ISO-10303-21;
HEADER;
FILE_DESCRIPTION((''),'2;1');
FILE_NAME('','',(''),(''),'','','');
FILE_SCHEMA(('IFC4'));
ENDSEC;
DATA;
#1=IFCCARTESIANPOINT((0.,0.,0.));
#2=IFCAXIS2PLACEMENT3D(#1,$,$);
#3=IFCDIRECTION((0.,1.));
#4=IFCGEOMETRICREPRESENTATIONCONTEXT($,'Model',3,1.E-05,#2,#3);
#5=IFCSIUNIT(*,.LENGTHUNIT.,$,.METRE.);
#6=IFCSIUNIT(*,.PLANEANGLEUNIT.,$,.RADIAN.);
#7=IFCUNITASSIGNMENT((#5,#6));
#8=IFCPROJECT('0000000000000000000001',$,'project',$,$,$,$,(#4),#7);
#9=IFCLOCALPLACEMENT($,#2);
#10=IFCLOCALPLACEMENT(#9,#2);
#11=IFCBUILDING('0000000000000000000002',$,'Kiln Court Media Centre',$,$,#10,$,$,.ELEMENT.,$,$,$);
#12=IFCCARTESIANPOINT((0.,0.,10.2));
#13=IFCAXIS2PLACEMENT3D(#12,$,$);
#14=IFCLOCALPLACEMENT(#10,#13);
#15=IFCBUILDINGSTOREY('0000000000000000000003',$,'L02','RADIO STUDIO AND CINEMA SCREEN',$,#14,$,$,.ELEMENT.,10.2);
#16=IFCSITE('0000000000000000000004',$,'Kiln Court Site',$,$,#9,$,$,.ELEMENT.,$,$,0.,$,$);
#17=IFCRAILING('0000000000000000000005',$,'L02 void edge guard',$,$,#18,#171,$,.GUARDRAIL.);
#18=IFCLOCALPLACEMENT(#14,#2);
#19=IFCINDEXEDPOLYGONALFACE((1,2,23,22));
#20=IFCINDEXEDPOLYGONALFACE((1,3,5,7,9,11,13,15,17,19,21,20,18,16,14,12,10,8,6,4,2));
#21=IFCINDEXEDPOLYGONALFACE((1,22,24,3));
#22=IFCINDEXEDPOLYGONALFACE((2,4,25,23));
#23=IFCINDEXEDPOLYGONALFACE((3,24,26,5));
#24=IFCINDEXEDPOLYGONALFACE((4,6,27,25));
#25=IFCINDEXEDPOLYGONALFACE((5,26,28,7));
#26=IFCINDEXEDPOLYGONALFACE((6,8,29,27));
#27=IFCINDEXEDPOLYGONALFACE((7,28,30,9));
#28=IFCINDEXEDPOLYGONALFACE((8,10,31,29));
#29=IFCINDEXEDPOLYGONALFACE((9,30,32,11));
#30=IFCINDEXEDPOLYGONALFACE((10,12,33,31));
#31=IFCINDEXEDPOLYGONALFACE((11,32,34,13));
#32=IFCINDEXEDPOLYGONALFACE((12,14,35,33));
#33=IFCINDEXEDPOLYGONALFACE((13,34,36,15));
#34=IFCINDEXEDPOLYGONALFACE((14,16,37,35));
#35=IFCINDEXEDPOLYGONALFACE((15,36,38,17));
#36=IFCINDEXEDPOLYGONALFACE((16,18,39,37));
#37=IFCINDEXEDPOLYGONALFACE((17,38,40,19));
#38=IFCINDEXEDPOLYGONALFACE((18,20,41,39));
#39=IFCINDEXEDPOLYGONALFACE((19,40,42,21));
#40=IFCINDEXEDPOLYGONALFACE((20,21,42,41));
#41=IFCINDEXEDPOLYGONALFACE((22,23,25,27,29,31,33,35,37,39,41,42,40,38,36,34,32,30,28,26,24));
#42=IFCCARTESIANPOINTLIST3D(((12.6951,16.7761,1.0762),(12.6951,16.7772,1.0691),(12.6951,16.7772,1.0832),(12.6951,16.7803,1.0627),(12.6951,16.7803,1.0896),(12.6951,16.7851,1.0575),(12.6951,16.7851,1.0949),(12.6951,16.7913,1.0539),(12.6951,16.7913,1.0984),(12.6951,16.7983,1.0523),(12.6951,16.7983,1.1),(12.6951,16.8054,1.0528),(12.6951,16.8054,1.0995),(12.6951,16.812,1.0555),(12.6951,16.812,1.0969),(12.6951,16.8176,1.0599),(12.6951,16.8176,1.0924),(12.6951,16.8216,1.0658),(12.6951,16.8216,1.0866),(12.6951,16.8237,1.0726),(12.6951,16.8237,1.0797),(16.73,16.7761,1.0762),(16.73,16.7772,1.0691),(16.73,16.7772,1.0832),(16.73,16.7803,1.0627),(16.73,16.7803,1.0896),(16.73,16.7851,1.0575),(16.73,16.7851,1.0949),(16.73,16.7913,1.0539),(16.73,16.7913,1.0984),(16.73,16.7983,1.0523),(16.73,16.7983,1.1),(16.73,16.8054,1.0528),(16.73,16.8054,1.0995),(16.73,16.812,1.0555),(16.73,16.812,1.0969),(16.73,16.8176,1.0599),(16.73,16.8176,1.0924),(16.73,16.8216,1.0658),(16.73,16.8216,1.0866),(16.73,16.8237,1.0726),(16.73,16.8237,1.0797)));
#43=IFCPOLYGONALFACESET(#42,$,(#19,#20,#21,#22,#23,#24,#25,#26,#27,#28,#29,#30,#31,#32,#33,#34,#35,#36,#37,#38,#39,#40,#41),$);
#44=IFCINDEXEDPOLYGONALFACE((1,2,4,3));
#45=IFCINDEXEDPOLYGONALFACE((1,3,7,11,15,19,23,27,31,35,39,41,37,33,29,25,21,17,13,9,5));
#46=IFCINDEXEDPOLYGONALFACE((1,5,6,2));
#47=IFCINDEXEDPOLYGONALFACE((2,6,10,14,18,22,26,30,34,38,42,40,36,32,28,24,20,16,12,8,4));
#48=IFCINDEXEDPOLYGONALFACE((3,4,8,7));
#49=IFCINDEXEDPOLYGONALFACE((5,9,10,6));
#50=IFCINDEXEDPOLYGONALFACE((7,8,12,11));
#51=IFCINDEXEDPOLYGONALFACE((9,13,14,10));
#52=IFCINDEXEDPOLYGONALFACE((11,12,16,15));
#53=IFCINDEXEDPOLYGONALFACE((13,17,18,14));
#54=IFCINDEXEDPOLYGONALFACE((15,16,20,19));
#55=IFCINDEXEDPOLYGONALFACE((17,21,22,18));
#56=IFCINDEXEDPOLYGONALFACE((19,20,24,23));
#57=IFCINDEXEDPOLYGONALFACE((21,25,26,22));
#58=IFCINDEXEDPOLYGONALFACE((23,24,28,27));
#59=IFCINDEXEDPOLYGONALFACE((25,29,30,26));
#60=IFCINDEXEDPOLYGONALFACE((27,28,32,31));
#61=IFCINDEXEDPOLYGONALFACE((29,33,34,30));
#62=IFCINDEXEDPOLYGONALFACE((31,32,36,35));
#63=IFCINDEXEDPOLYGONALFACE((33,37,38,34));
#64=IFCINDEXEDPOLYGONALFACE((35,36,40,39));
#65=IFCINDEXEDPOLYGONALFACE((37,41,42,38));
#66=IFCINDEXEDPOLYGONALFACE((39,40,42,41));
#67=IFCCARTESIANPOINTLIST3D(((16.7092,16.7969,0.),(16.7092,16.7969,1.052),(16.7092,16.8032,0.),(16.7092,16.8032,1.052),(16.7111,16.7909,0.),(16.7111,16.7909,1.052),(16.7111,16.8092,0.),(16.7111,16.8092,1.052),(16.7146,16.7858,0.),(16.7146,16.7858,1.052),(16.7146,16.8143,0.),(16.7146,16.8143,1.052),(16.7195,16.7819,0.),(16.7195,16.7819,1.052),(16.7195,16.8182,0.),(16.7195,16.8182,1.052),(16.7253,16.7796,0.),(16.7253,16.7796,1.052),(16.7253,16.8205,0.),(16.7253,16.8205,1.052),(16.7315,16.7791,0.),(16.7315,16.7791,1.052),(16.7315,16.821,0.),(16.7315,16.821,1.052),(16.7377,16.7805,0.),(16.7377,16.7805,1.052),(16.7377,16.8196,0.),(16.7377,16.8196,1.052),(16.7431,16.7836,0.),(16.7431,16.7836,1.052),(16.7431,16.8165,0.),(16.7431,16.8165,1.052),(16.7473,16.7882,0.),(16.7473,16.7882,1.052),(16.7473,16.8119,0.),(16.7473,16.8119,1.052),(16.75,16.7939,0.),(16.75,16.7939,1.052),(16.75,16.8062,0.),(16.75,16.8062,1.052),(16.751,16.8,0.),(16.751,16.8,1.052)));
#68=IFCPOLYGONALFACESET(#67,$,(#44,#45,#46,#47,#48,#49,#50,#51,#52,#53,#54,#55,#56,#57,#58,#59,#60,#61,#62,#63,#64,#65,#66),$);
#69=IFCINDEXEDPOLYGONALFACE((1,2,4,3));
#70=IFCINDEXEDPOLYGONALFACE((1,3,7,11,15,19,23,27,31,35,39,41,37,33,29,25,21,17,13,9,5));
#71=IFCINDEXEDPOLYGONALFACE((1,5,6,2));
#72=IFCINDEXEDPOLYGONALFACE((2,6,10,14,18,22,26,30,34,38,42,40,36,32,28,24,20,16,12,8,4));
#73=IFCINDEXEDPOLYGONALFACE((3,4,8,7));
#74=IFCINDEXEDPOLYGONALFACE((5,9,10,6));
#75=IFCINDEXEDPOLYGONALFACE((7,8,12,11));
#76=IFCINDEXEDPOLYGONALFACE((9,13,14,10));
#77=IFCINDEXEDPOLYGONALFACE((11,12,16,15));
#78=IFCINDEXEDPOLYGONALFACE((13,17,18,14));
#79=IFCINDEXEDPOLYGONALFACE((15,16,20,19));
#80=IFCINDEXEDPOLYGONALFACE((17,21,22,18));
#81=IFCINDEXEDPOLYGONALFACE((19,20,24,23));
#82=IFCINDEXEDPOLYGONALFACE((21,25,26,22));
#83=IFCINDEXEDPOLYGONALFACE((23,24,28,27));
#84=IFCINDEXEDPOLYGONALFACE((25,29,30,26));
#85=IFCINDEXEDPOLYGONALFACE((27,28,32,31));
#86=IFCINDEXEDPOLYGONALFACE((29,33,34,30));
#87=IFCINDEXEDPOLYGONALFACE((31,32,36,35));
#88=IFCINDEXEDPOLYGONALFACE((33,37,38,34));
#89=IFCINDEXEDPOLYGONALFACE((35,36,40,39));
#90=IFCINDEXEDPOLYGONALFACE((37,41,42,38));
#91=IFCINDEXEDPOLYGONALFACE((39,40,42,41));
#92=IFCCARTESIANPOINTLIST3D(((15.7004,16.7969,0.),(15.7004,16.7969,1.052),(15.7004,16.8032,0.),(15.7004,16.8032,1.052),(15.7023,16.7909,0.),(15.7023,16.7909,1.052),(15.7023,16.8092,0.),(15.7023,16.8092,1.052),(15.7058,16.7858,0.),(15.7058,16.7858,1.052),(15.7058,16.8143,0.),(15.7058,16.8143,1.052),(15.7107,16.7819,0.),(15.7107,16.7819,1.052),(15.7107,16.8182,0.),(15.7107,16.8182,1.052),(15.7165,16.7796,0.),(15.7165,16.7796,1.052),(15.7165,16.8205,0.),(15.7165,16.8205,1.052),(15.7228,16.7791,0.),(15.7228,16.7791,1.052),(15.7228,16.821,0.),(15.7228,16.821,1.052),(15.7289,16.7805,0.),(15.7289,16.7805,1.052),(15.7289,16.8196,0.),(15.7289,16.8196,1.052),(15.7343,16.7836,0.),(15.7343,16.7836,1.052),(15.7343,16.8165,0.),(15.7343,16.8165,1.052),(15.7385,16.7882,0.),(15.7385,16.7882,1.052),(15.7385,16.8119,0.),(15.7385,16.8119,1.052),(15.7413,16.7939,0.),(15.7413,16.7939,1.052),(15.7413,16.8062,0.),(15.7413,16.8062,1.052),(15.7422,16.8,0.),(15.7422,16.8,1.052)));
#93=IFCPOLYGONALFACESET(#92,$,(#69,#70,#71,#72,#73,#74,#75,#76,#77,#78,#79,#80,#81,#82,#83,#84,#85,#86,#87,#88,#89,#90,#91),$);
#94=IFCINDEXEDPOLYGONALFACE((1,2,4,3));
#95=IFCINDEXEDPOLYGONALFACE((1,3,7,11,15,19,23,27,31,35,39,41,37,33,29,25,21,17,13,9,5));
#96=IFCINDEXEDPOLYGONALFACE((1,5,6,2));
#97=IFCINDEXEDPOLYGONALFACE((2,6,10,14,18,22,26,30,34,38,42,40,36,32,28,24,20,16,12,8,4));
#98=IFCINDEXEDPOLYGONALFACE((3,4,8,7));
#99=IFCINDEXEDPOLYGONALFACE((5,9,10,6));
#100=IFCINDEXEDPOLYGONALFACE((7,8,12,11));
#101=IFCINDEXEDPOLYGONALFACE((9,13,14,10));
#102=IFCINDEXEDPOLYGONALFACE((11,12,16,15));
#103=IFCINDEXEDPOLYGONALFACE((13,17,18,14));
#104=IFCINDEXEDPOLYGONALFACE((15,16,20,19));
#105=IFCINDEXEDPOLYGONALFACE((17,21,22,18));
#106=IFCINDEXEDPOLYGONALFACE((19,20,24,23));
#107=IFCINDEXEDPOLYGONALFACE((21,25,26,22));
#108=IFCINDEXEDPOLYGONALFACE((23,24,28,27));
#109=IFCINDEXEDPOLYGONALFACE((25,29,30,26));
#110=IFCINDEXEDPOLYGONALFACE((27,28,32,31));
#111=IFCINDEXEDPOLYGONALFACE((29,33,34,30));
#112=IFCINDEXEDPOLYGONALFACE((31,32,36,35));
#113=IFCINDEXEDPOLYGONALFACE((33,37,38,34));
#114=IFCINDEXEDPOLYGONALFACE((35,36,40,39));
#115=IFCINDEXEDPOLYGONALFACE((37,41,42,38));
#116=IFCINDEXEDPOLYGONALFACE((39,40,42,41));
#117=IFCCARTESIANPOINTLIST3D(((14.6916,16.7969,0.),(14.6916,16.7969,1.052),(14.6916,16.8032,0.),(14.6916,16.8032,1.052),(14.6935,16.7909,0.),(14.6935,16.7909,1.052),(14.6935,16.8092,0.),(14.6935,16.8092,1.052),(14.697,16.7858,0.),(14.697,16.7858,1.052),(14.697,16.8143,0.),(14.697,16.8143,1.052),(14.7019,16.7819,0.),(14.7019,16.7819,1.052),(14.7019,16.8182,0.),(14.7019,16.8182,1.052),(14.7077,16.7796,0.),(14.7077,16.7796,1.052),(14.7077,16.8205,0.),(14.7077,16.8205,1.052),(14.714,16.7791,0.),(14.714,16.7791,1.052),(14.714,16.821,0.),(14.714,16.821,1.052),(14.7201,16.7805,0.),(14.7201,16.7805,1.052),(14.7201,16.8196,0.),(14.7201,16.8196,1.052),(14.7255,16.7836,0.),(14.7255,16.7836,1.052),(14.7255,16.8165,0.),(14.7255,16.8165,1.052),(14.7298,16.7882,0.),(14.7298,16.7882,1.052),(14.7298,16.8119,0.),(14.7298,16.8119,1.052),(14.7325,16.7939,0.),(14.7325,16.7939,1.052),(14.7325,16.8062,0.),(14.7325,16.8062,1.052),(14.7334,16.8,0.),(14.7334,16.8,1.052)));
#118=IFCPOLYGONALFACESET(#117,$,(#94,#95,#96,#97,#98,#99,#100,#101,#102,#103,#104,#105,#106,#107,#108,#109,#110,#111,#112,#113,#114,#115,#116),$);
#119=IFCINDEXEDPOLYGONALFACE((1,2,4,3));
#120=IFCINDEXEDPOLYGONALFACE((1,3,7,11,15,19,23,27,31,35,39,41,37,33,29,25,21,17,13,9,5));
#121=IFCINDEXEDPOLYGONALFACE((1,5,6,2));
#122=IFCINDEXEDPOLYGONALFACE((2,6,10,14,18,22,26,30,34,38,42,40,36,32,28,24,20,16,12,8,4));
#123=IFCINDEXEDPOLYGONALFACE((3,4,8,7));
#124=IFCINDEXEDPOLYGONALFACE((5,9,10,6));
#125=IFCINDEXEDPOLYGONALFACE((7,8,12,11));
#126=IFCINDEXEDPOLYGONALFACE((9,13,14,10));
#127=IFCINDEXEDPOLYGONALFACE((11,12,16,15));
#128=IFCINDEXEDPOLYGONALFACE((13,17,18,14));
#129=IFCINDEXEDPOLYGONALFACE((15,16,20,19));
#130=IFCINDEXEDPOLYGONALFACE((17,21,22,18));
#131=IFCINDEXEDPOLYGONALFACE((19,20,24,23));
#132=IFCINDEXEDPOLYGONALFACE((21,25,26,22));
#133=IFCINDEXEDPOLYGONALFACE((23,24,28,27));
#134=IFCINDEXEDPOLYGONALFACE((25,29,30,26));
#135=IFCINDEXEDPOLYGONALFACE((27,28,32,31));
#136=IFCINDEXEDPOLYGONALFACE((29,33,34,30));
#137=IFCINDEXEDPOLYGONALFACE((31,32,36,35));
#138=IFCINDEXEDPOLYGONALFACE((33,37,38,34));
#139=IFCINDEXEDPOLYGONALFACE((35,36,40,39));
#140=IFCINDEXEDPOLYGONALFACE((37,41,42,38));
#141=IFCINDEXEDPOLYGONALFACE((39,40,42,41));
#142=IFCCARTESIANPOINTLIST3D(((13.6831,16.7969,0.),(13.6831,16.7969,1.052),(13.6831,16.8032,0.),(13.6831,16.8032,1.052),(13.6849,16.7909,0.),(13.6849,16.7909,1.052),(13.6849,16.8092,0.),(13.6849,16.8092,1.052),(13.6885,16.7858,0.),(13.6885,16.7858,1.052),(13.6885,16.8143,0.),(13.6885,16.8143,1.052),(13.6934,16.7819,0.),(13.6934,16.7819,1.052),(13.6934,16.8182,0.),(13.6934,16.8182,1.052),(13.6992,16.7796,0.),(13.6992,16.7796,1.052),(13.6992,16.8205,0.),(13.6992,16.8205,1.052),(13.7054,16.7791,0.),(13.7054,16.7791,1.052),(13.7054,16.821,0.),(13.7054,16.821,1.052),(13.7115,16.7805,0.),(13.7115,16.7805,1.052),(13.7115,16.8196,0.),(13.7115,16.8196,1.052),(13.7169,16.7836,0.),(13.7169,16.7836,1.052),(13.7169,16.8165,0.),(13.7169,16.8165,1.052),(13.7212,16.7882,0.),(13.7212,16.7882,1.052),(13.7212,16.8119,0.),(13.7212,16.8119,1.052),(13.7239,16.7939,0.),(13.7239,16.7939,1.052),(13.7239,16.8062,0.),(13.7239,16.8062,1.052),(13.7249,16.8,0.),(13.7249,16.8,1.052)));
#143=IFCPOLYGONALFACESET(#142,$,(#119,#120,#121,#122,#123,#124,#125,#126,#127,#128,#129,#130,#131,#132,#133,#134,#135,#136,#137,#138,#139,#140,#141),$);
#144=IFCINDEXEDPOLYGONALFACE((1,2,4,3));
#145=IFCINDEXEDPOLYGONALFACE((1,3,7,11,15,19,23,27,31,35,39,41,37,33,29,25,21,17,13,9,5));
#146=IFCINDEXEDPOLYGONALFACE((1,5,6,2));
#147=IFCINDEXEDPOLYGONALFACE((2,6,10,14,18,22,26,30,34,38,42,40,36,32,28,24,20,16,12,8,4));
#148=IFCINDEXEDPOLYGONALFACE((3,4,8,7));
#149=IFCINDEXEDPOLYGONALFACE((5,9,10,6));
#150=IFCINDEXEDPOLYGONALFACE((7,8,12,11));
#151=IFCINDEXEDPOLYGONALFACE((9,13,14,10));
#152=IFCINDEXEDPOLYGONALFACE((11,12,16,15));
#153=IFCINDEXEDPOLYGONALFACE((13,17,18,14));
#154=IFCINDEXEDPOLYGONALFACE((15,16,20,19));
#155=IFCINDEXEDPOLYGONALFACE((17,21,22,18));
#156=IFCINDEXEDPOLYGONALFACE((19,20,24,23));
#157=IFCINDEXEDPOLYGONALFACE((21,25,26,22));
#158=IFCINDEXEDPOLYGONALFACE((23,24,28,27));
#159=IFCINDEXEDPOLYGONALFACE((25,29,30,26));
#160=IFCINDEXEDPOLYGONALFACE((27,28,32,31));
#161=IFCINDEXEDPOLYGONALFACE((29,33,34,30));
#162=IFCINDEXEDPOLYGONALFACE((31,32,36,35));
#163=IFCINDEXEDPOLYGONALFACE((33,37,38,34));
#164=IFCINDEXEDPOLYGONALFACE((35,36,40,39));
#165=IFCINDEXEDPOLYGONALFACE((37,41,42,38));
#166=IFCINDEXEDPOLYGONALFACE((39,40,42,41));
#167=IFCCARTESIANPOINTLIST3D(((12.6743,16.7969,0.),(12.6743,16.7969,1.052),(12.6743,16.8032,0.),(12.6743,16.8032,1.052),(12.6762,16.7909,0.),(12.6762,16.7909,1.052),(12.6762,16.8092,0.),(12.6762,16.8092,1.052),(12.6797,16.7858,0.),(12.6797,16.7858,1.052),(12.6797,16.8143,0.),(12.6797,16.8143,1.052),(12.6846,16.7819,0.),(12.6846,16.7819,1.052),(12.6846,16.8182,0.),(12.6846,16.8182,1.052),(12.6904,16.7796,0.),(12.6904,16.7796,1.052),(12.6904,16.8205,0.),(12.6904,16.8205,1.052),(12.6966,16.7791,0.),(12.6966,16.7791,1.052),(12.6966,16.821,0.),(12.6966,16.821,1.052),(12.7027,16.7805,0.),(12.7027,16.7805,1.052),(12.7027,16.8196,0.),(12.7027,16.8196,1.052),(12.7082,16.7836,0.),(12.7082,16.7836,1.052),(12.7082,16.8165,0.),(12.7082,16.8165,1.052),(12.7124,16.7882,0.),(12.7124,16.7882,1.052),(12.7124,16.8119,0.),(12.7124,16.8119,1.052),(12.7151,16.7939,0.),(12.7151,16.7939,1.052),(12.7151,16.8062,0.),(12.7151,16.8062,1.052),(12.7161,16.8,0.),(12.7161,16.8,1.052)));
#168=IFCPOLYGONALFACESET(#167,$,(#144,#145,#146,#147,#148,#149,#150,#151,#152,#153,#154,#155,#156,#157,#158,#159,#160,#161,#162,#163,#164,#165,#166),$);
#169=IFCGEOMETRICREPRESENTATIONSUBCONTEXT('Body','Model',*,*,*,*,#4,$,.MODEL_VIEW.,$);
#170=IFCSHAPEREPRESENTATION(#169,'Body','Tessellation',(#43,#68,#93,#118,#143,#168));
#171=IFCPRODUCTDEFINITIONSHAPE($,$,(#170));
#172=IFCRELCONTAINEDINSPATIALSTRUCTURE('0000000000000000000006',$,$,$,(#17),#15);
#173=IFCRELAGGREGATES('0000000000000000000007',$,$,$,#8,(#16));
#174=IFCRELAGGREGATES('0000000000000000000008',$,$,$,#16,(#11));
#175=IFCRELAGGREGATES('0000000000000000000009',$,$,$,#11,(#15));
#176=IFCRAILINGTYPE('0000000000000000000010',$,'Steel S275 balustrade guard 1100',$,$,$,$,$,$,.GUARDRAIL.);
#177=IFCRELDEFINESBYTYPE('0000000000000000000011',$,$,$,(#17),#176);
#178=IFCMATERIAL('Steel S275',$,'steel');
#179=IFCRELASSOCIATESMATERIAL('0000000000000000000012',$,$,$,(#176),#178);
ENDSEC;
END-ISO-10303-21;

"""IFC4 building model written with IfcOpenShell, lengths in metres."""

from ifc_helpers import new_model, si_unit, direction, frame, origin, origin_2d, place, context, subcontext, project, spatial, circle, extrude, material, type_object, element, save


model = new_model("IFC4")

# Units and contexts
model_context = context("Model", 3, precision=1e-05, world=origin(), true_north=direction((0.0, 1.0)))
body_context = subcontext(model_context, "Body", "Model", "MODEL_VIEW")
ifc_project = project(units=[si_unit("LENGTHUNIT", "METRE"), si_unit("PLANEANGLEUNIT", "RADIAN")], contexts=[model_context])

# Site, building, storey
site_placement = place(None, origin())
site = spatial("IfcSite", under=ifc_project, at=site_placement, Name="Kiln Court Site", CompositionType="ELEMENT", RefElevation=0.0)
building_placement = place(site_placement, origin())
building = spatial("IfcBuilding", under=site, at=building_placement, Name="Kiln Court Media Centre", CompositionType="ELEMENT")
storey_placement = place(building_placement, frame((0.0, 0.0, 10.2)))
storey = spatial("IfcBuildingStorey", under=building, at=storey_placement, Name="L02", Description="RADIO STUDIO AND CINEMA SCREEN", CompositionType="ELEMENT", Elevation=10.2)

# Railing
ifc_material_1 = material(Name="Steel S275", Category="steel")
railing_type = type_object("IfcRailingType", Name="Steel S275 balustrade guard 1100", PredefinedType="GUARDRAIL", material=ifc_material_1)
railing_1_placement = place(storey_placement, frame((16.73, 16.8, 0.0)))
element("IfcRailing", 1, at=railing_1_placement, inside=storey, type_object=railing_type, Name="L02 void edge guard", PredefinedType="GUARDRAIL", context=body_context, shape_type="SweptSolid", body=[
    extrude(circle(Radius=0.0239, at=origin_2d()), frame((0.0, 0.0, 1.0762), z_axis=(-1.0, 0.0, 0.0), x_axis=(0.0, -1.0, 0.0)), (0.0, 0.0, 1.0), 4.0349),
    extrude(circle(Radius=0.021, at=origin_2d()), origin(), (0.0, 0.0, 1.0), 1.052),
    extrude(circle(Radius=0.021, at=origin_2d()), frame((-1.0088, 0.0, 0.0)), (0.0, 0.0, 1.0), 1.052),
    extrude(circle(Radius=0.021, at=origin_2d()), frame((-2.0176, 0.0, 0.0)), (0.0, 0.0, 1.0), 1.052),
    extrude(circle(Radius=0.021, at=origin_2d()), frame((-3.0261, 0.0, 0.0)), (0.0, 0.0, 1.0), 1.052),
    extrude(circle(Radius=0.021, at=origin_2d()), frame((-4.0349, 0.0, 0.0)), (0.0, 0.0, 1.0), 1.052),
])

save(model, "model.ifc")
